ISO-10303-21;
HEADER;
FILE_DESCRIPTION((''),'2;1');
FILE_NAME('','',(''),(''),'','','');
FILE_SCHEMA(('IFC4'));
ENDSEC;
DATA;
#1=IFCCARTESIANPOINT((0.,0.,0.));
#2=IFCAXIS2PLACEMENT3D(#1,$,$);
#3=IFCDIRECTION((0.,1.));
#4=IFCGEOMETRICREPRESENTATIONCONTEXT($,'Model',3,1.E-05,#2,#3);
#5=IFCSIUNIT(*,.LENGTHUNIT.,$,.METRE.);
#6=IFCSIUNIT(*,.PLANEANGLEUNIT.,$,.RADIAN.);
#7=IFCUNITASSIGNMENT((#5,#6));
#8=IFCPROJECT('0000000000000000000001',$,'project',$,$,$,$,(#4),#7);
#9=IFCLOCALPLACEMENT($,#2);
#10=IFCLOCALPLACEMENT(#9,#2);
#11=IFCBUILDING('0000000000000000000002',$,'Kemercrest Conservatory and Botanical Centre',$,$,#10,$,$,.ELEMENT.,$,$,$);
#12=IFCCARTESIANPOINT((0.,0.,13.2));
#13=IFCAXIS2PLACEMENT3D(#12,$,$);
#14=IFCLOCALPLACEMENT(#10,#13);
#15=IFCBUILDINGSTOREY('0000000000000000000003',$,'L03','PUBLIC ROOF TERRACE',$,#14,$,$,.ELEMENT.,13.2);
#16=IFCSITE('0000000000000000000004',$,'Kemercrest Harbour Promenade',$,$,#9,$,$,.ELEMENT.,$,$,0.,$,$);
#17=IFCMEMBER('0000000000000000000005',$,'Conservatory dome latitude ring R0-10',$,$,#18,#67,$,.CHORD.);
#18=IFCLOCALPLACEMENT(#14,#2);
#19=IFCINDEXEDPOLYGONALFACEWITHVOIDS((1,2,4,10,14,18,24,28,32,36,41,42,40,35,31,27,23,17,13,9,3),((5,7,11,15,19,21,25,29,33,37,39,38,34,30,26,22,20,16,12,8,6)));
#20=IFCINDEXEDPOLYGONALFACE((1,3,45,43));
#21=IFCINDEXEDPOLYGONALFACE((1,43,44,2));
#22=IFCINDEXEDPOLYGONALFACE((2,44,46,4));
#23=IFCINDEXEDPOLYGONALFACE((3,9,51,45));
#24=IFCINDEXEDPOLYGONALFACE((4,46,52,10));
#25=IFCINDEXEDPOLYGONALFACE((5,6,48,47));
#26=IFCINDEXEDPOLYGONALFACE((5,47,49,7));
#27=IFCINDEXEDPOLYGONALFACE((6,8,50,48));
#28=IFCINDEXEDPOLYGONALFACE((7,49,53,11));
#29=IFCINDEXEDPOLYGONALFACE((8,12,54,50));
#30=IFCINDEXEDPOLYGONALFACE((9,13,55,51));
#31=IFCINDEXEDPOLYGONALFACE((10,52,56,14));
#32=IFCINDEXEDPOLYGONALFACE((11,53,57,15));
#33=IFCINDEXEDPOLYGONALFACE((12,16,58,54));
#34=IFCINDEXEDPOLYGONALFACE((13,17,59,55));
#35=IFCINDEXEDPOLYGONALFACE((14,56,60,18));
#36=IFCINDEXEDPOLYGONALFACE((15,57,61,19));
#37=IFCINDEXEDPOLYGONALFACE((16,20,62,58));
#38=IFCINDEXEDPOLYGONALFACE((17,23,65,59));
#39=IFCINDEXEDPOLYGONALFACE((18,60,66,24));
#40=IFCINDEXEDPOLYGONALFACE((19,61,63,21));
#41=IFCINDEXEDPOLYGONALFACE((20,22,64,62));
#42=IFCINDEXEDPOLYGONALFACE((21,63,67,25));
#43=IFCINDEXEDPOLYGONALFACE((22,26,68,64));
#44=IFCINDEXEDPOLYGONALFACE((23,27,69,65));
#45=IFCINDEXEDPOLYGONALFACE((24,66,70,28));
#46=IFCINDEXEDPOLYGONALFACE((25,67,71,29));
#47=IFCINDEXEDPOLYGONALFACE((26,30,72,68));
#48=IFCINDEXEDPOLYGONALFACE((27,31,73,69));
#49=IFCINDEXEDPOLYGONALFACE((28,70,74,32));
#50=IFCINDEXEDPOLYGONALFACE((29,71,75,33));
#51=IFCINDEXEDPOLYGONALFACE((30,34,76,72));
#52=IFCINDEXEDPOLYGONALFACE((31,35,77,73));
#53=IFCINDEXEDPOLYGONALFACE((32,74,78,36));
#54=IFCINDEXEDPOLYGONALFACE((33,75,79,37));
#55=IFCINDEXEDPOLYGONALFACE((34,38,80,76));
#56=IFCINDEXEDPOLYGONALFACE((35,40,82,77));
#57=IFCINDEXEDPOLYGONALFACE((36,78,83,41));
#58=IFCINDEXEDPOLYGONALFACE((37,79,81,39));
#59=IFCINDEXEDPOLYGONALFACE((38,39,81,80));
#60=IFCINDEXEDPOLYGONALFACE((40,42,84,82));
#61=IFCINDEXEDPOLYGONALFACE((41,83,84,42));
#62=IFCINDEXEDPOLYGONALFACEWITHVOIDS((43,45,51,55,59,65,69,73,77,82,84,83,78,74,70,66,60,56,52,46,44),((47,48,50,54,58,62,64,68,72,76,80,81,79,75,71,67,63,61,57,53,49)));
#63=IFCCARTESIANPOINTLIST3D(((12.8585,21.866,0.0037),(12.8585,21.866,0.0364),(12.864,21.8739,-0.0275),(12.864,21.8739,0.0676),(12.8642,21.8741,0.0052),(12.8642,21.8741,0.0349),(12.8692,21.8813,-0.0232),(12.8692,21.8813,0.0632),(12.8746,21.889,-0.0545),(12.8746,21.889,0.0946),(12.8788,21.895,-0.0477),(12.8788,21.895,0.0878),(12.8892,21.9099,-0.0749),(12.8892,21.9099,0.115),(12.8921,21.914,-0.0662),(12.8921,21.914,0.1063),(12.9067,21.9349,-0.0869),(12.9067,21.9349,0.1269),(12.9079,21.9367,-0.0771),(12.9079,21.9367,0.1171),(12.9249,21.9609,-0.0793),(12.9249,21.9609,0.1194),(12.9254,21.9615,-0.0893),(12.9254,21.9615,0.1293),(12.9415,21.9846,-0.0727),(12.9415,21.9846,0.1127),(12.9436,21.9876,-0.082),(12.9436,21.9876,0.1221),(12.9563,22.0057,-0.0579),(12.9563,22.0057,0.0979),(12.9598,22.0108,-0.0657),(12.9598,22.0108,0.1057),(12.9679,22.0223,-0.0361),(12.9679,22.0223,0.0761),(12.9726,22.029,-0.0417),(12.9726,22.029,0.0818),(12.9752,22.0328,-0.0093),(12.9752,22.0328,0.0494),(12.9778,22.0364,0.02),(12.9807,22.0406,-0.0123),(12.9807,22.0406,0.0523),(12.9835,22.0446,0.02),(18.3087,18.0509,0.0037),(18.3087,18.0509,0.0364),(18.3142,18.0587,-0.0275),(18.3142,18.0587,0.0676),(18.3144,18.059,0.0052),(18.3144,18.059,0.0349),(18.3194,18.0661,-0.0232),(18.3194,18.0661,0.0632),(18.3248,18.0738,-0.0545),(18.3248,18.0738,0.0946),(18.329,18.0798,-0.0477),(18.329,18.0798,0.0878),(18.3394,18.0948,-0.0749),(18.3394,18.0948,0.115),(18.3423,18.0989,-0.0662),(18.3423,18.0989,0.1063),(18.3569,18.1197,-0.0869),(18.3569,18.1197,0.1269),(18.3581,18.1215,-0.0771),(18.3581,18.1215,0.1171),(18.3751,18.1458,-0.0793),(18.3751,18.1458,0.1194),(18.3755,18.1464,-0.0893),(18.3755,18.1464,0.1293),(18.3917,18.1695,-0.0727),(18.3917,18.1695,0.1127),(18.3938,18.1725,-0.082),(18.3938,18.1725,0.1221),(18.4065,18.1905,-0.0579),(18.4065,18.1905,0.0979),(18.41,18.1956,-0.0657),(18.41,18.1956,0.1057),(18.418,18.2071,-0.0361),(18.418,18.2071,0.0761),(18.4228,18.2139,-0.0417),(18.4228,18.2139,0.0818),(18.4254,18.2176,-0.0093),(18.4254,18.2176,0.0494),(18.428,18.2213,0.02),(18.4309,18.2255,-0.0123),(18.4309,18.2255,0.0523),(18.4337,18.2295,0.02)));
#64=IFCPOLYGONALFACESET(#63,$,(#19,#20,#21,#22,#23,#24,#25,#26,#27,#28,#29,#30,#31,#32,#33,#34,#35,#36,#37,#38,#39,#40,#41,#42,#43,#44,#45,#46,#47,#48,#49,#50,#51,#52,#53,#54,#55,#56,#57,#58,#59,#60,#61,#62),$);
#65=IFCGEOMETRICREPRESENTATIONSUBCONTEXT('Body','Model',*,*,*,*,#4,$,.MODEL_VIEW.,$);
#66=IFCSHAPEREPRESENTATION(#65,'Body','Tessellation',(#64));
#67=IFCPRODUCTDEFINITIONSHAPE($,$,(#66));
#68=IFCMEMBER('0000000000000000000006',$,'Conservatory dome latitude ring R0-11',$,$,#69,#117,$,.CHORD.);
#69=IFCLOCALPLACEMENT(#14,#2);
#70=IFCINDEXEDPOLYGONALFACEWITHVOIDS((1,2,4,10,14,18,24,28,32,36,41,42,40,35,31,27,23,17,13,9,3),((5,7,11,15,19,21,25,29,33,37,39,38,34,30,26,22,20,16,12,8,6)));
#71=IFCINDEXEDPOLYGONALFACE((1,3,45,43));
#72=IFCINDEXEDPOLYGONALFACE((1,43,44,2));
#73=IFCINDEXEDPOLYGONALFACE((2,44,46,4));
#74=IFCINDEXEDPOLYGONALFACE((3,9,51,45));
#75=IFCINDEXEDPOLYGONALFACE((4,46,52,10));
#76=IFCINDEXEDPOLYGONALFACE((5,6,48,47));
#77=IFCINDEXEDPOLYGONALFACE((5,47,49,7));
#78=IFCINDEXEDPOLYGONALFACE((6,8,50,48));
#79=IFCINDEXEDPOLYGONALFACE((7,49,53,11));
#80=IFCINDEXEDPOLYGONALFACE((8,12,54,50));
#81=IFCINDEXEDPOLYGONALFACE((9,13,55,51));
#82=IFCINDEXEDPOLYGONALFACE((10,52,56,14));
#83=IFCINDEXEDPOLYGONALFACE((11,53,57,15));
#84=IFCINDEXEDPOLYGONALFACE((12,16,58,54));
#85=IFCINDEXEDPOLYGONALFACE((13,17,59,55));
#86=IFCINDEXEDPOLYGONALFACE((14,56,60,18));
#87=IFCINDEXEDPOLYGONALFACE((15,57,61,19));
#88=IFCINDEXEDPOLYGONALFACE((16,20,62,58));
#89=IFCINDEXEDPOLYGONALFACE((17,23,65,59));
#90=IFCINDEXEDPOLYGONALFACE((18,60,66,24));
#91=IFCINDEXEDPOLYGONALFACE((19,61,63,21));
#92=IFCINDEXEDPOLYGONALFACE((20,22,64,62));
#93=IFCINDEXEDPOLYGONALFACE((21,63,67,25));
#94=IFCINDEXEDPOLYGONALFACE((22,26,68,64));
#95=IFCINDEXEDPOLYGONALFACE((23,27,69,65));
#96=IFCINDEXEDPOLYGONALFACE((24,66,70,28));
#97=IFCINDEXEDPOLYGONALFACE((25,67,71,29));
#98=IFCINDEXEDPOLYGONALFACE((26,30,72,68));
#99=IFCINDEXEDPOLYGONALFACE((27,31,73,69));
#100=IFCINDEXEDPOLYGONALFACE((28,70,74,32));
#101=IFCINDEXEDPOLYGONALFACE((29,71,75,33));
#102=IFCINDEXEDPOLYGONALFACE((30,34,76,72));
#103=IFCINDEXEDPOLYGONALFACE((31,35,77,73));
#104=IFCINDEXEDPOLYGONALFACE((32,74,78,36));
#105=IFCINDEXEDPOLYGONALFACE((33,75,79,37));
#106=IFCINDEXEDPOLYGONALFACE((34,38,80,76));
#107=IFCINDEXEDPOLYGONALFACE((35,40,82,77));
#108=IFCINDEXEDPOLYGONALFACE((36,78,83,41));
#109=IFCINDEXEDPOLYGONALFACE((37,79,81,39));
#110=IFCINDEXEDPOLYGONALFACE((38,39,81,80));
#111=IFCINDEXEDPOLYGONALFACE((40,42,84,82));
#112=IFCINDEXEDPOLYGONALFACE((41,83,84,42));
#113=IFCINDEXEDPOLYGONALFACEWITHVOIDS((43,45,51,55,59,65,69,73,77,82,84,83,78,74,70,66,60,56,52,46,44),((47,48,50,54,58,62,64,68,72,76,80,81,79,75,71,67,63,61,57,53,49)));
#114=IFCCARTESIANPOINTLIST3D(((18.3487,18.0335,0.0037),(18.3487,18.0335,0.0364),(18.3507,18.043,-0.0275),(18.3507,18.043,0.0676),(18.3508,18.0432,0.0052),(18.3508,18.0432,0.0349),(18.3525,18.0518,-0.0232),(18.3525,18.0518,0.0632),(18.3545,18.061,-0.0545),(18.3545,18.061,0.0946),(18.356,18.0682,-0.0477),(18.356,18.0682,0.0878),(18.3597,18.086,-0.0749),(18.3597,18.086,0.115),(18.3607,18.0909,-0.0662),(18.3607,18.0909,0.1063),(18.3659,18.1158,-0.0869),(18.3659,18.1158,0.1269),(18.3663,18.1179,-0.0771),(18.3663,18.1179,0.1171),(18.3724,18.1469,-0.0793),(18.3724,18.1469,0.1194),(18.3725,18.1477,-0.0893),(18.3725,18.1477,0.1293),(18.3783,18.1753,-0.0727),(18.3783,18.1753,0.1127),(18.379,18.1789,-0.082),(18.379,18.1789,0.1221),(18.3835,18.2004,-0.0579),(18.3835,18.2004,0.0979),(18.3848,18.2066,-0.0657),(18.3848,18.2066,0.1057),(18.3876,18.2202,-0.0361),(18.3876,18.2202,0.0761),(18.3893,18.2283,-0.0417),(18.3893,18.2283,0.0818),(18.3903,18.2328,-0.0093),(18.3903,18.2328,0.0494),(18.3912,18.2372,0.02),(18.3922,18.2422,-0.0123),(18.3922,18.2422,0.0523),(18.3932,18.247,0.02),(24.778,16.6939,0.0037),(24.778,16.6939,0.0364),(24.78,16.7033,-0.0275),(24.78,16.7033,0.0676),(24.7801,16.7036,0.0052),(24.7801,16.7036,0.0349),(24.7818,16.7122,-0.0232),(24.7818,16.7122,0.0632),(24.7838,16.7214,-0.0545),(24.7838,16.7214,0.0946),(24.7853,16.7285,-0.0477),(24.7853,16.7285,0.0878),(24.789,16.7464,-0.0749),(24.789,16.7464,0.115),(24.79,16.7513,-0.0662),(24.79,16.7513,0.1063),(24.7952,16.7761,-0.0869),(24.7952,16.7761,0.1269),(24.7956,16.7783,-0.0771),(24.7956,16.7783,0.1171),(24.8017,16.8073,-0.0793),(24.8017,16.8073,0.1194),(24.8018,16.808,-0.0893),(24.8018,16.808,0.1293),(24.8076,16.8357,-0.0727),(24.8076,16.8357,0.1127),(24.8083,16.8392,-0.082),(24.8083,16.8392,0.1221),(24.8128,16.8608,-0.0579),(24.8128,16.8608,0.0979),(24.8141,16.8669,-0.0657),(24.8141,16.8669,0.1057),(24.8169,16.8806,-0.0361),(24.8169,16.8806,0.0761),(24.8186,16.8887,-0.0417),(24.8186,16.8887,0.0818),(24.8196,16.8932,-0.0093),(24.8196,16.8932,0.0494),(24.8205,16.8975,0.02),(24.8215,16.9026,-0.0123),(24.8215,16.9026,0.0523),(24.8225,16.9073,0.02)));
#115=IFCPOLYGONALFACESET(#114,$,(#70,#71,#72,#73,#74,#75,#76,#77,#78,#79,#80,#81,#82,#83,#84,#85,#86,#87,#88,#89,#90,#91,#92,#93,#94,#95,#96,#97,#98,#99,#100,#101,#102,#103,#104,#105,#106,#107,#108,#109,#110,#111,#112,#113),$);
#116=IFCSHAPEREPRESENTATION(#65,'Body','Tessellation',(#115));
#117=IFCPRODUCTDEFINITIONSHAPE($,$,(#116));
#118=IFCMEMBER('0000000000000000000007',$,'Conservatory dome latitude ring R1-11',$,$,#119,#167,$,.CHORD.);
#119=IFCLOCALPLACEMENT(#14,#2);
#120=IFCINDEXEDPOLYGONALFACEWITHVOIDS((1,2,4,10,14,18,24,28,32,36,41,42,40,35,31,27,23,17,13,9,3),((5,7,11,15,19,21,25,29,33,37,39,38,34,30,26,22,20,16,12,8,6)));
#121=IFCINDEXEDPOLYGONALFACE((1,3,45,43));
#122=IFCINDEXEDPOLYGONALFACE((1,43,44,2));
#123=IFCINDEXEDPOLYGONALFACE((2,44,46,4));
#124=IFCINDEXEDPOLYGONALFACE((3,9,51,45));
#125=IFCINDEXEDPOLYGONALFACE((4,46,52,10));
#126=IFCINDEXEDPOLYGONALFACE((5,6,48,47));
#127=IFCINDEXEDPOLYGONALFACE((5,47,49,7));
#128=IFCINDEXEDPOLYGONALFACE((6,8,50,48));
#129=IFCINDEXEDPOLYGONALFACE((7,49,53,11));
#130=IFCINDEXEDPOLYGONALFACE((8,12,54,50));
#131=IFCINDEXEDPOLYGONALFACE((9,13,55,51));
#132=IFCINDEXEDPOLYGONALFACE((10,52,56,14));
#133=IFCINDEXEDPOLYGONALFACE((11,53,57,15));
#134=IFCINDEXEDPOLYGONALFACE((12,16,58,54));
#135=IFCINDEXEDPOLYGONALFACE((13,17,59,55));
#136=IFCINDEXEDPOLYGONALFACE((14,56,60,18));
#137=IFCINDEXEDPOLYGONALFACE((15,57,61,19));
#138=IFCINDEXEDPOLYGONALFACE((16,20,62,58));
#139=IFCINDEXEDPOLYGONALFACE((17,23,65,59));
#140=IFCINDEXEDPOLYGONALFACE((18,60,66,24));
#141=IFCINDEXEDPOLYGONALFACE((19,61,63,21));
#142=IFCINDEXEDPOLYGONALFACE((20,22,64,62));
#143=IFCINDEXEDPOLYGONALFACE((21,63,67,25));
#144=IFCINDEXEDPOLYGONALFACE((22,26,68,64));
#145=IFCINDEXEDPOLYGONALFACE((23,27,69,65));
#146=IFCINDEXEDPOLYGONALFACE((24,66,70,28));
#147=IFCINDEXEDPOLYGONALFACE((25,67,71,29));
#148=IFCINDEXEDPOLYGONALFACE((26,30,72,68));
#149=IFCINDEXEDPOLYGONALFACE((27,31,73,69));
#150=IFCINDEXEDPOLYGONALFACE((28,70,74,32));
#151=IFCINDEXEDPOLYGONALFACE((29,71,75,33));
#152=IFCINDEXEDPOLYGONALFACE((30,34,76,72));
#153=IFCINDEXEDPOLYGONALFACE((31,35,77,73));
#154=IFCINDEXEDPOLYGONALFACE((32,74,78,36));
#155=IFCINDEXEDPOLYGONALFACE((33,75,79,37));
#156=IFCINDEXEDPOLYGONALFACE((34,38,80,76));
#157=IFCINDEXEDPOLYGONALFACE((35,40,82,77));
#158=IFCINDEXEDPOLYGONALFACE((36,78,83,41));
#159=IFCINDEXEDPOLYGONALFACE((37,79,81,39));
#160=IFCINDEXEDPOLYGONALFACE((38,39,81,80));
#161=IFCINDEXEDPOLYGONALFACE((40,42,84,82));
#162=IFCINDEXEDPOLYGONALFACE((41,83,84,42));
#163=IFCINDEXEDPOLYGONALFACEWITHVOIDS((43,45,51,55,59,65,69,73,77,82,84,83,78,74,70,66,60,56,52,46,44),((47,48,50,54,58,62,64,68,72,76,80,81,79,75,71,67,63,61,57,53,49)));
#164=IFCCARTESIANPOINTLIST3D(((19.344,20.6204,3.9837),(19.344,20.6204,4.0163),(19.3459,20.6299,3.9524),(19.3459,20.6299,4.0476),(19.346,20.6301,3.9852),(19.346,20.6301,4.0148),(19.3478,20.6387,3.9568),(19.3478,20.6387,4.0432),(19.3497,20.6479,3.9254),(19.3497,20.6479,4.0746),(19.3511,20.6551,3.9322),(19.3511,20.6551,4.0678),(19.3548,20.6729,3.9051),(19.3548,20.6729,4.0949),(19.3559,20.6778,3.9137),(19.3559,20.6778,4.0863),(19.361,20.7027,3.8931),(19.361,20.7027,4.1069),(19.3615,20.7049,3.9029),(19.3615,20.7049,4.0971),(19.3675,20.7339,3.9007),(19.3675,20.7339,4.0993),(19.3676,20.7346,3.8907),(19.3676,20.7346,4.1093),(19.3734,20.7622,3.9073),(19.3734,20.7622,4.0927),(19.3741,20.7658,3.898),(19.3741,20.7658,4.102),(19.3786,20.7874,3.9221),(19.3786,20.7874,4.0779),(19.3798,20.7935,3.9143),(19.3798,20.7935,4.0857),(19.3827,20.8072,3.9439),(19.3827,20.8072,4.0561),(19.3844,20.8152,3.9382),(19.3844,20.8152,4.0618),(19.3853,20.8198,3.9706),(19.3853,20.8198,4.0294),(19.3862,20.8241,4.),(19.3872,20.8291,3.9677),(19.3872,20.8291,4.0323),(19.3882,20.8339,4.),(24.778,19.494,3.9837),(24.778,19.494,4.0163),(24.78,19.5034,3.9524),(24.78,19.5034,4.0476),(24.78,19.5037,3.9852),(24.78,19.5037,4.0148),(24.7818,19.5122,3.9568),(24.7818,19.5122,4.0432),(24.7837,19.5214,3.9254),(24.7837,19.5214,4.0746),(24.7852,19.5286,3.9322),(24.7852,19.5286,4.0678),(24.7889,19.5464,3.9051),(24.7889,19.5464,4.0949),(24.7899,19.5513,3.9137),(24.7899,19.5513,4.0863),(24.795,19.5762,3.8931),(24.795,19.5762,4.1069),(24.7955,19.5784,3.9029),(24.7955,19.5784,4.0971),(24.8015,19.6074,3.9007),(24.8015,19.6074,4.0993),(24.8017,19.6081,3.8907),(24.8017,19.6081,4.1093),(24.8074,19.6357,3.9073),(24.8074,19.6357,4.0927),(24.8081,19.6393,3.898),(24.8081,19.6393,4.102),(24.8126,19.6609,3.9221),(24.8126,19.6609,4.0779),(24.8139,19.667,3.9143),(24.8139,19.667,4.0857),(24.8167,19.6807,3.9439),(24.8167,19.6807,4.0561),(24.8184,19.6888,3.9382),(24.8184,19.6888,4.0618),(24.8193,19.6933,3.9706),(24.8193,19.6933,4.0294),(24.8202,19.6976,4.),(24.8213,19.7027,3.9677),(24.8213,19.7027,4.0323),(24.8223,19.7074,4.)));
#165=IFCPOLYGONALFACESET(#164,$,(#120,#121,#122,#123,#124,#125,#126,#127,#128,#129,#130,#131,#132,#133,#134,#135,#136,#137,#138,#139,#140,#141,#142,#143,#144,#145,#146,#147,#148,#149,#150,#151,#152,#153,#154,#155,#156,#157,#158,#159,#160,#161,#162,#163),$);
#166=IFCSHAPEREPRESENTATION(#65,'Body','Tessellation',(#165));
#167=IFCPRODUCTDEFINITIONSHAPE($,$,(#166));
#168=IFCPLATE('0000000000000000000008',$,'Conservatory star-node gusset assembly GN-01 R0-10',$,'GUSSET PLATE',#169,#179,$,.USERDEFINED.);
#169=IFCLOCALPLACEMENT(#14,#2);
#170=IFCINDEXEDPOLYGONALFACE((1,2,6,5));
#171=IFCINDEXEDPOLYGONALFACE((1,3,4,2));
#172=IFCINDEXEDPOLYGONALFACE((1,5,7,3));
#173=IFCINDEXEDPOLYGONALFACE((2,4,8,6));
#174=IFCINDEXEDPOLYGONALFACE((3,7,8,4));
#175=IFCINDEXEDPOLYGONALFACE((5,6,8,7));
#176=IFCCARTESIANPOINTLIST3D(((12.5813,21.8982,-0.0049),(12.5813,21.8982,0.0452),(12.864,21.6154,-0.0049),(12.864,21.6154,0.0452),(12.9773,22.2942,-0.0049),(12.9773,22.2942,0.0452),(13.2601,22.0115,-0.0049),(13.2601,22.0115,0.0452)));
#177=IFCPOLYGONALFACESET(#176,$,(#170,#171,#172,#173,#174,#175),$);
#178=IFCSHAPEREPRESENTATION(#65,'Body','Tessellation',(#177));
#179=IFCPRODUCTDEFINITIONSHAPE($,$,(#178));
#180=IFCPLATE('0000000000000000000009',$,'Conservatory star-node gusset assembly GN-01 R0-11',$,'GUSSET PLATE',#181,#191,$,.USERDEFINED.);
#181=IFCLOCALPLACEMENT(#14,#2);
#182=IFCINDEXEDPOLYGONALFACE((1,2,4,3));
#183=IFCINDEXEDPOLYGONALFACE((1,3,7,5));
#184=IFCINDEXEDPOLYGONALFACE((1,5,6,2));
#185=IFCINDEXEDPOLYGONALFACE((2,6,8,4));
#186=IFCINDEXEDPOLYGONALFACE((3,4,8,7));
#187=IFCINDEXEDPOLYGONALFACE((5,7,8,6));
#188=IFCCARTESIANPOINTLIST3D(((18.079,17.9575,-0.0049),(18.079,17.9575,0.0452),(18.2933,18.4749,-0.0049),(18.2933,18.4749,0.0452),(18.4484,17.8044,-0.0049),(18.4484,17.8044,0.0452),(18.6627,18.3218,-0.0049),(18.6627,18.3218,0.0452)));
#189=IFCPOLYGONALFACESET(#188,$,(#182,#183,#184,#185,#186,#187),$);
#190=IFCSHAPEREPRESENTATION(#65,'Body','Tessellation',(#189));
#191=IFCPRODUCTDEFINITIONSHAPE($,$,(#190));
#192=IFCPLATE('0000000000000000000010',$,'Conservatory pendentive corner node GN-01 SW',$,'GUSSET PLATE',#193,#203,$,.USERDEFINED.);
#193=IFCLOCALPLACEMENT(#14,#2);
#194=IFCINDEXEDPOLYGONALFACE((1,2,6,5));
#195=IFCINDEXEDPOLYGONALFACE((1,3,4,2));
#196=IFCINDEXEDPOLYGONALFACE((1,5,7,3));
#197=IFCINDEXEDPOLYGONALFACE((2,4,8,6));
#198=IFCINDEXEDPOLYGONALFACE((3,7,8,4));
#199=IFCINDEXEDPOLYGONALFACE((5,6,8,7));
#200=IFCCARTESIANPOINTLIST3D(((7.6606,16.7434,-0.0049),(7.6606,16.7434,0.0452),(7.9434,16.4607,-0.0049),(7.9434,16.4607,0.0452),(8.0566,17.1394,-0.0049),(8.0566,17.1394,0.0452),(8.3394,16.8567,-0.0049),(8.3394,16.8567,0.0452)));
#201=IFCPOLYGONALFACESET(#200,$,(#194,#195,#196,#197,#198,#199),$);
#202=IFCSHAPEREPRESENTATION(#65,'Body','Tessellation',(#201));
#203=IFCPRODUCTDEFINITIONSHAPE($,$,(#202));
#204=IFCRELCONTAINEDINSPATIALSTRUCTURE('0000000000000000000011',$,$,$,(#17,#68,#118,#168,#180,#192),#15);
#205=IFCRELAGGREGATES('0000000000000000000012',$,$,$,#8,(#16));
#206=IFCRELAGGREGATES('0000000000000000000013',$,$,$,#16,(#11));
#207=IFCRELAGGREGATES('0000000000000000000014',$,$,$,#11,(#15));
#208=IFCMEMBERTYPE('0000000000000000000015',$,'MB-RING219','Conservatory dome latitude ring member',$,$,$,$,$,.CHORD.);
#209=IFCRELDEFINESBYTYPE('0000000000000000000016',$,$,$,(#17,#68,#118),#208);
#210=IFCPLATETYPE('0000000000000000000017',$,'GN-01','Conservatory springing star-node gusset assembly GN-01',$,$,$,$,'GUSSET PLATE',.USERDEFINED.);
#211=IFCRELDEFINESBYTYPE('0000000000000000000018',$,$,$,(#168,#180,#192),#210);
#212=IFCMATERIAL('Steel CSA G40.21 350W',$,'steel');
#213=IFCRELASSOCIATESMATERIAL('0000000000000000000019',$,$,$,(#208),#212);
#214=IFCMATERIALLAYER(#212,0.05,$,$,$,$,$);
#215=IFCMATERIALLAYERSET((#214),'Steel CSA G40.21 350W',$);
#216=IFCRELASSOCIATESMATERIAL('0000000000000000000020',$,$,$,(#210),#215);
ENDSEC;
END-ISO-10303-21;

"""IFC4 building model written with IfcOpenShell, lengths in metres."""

from ifc_helpers import new_model, si_unit, direction, frame, origin, origin_2d, place, context, subcontext, project, spatial, rectangle, hollow_circle, extrude, material, layer, layer_set, material_profile, profile_set, type_object, element, save


model = new_model("IFC4")

# Units and contexts
model_context = context("Model", 3, precision=1e-05, world=origin(), true_north=direction((0.0, 1.0)))
body_context = subcontext(model_context, "Body", "Model", "MODEL_VIEW")
ifc_project = project(units=[si_unit("LENGTHUNIT", "METRE"), si_unit("PLANEANGLEUNIT", "RADIAN")], contexts=[model_context])

# Site, building, storey
site_placement = place(None, origin())
site = spatial("IfcSite", under=ifc_project, at=site_placement, Name="Kemercrest Harbour Promenade", CompositionType="ELEMENT", RefElevation=0.0)
building_placement = place(site_placement, origin())
building = spatial("IfcBuilding", under=site, at=building_placement, Name="Kemercrest Conservatory and Botanical Centre", CompositionType="ELEMENT")
storey_placement = place(building_placement, frame((0.0, 0.0, 13.2)))
storey = spatial("IfcBuildingStorey", under=building, at=storey_placement, Name="L03", Description="PUBLIC ROOF TERRACE", CompositionType="ELEMENT", Elevation=13.2)

# Shared definitions
ifc_material_1 = material(Name="Steel CSA G40.21 350W", Category="steel")

# Members
ifc_material_profile_1 = material_profile(ifc_material_1, hollow_circle(Radius=0.1096, WallThickness=0.01, at=origin_2d()), Name="CHS 219.1x10.0")
ifc_profile_set_1 = profile_set([ifc_material_profile_1], Name="Steel CSA G40.21 350W")
member_type_1 = type_object("IfcMemberType", Name="MB-RING219", Description="Conservatory dome latitude ring member", PredefinedType="CHORD", material=ifc_profile_set_1)
member_1_placement = place(storey_placement, frame((12.9207, 21.9548, 0.02), z_axis=(0.819228, -0.573467, 0.0), x_axis=(0.573467, 0.819228, 0.0)))
element("IfcMember", 1, at=member_1_placement, inside=storey, type_object=member_type_1, Name="Conservatory dome latitude ring R0-10", PredefinedType="CHORD", context=body_context, shape_type="SweptSolid", body=[
    extrude(hollow_circle(Radius=0.1096, WallThickness=0.01, at=origin_2d()), origin(), (0.0, 0.0, 1.0), 6.6528),
])
member_2_placement = place(storey_placement, frame((18.3708, 18.1396, 0.02), z_axis=(0.978975, -0.203981, 0.0), x_axis=(0.203981, 0.978975, 0.0)))
element("IfcMember", 2, at=member_2_placement, inside=storey, type_object=member_type_1, Name="Conservatory dome latitude ring R0-11", PredefinedType="CHORD", context=body_context, shape_type="SweptSolid", body=[
    extrude(hollow_circle(Radius=0.1096, WallThickness=0.01, at=origin_2d()), origin(), (0.0, 0.0, 1.0), 6.5674),
])
member_3_placement = place(storey_placement, frame((19.366, 20.7266, 4.0), z_axis=(0.979183, -0.202981, 0.0), x_axis=(0.202981, 0.979183, 0.0)))
element("IfcMember", 3, at=member_3_placement, inside=storey, type_object=member_type_1, Name="Conservatory dome latitude ring R1-11", PredefinedType="CHORD", context=body_context, shape_type="SweptSolid", body=[
    extrude(hollow_circle(Radius=0.1096, WallThickness=0.01, at=origin_2d()), origin(), (0.0, 0.0, 1.0), 5.5496),
])

# Plates
ifc_layer_1 = layer(ifc_material_1, 0.05)
ifc_layer_set_1 = layer_set([ifc_layer_1], Name="Steel CSA G40.21 350W")
plate_type_1 = type_object("IfcPlateType", Name="GN-01", Description="Conservatory springing star-node gusset assembly GN-01", ElementType="GUSSET PLATE", PredefinedType="USERDEFINED", material=ifc_layer_set_1)
for number, where, z_axis, x_axis, name in (
    (4, (12.9207, 21.9548, -0.0049), (0.0, 0.0, 1.0), (0.707107, 0.707107, 0.0), "Conservatory star-node gusset assembly GN-01 R0-10"),
    (5, (18.3708, 18.1396, -0.0049), (0.0, 0.0, 1.0), (0.382683, 0.92388, 0.0), "Conservatory star-node gusset assembly GN-01 R0-11"),
    (6, (8.0, 16.8, -0.0049), (0.0, 0.0, 1.0), (0.707107, 0.707107, 0.0), "Conservatory pendentive corner node GN-01 SW"),
):
    element("IfcPlate", number, at=place(storey_placement, frame(where, z_axis=z_axis, x_axis=x_axis)), inside=storey, type_object=plate_type_1, Name=name, ObjectType="GUSSET PLATE", PredefinedType="USERDEFINED", context=body_context, shape_type="SweptSolid", body=[
        extrude(rectangle(XDim=0.5601, YDim=0.3999, at=origin_2d()), origin(), (0.0, 0.0, 1.0), 0.05),
    ])

save(model, "model.ifc")
